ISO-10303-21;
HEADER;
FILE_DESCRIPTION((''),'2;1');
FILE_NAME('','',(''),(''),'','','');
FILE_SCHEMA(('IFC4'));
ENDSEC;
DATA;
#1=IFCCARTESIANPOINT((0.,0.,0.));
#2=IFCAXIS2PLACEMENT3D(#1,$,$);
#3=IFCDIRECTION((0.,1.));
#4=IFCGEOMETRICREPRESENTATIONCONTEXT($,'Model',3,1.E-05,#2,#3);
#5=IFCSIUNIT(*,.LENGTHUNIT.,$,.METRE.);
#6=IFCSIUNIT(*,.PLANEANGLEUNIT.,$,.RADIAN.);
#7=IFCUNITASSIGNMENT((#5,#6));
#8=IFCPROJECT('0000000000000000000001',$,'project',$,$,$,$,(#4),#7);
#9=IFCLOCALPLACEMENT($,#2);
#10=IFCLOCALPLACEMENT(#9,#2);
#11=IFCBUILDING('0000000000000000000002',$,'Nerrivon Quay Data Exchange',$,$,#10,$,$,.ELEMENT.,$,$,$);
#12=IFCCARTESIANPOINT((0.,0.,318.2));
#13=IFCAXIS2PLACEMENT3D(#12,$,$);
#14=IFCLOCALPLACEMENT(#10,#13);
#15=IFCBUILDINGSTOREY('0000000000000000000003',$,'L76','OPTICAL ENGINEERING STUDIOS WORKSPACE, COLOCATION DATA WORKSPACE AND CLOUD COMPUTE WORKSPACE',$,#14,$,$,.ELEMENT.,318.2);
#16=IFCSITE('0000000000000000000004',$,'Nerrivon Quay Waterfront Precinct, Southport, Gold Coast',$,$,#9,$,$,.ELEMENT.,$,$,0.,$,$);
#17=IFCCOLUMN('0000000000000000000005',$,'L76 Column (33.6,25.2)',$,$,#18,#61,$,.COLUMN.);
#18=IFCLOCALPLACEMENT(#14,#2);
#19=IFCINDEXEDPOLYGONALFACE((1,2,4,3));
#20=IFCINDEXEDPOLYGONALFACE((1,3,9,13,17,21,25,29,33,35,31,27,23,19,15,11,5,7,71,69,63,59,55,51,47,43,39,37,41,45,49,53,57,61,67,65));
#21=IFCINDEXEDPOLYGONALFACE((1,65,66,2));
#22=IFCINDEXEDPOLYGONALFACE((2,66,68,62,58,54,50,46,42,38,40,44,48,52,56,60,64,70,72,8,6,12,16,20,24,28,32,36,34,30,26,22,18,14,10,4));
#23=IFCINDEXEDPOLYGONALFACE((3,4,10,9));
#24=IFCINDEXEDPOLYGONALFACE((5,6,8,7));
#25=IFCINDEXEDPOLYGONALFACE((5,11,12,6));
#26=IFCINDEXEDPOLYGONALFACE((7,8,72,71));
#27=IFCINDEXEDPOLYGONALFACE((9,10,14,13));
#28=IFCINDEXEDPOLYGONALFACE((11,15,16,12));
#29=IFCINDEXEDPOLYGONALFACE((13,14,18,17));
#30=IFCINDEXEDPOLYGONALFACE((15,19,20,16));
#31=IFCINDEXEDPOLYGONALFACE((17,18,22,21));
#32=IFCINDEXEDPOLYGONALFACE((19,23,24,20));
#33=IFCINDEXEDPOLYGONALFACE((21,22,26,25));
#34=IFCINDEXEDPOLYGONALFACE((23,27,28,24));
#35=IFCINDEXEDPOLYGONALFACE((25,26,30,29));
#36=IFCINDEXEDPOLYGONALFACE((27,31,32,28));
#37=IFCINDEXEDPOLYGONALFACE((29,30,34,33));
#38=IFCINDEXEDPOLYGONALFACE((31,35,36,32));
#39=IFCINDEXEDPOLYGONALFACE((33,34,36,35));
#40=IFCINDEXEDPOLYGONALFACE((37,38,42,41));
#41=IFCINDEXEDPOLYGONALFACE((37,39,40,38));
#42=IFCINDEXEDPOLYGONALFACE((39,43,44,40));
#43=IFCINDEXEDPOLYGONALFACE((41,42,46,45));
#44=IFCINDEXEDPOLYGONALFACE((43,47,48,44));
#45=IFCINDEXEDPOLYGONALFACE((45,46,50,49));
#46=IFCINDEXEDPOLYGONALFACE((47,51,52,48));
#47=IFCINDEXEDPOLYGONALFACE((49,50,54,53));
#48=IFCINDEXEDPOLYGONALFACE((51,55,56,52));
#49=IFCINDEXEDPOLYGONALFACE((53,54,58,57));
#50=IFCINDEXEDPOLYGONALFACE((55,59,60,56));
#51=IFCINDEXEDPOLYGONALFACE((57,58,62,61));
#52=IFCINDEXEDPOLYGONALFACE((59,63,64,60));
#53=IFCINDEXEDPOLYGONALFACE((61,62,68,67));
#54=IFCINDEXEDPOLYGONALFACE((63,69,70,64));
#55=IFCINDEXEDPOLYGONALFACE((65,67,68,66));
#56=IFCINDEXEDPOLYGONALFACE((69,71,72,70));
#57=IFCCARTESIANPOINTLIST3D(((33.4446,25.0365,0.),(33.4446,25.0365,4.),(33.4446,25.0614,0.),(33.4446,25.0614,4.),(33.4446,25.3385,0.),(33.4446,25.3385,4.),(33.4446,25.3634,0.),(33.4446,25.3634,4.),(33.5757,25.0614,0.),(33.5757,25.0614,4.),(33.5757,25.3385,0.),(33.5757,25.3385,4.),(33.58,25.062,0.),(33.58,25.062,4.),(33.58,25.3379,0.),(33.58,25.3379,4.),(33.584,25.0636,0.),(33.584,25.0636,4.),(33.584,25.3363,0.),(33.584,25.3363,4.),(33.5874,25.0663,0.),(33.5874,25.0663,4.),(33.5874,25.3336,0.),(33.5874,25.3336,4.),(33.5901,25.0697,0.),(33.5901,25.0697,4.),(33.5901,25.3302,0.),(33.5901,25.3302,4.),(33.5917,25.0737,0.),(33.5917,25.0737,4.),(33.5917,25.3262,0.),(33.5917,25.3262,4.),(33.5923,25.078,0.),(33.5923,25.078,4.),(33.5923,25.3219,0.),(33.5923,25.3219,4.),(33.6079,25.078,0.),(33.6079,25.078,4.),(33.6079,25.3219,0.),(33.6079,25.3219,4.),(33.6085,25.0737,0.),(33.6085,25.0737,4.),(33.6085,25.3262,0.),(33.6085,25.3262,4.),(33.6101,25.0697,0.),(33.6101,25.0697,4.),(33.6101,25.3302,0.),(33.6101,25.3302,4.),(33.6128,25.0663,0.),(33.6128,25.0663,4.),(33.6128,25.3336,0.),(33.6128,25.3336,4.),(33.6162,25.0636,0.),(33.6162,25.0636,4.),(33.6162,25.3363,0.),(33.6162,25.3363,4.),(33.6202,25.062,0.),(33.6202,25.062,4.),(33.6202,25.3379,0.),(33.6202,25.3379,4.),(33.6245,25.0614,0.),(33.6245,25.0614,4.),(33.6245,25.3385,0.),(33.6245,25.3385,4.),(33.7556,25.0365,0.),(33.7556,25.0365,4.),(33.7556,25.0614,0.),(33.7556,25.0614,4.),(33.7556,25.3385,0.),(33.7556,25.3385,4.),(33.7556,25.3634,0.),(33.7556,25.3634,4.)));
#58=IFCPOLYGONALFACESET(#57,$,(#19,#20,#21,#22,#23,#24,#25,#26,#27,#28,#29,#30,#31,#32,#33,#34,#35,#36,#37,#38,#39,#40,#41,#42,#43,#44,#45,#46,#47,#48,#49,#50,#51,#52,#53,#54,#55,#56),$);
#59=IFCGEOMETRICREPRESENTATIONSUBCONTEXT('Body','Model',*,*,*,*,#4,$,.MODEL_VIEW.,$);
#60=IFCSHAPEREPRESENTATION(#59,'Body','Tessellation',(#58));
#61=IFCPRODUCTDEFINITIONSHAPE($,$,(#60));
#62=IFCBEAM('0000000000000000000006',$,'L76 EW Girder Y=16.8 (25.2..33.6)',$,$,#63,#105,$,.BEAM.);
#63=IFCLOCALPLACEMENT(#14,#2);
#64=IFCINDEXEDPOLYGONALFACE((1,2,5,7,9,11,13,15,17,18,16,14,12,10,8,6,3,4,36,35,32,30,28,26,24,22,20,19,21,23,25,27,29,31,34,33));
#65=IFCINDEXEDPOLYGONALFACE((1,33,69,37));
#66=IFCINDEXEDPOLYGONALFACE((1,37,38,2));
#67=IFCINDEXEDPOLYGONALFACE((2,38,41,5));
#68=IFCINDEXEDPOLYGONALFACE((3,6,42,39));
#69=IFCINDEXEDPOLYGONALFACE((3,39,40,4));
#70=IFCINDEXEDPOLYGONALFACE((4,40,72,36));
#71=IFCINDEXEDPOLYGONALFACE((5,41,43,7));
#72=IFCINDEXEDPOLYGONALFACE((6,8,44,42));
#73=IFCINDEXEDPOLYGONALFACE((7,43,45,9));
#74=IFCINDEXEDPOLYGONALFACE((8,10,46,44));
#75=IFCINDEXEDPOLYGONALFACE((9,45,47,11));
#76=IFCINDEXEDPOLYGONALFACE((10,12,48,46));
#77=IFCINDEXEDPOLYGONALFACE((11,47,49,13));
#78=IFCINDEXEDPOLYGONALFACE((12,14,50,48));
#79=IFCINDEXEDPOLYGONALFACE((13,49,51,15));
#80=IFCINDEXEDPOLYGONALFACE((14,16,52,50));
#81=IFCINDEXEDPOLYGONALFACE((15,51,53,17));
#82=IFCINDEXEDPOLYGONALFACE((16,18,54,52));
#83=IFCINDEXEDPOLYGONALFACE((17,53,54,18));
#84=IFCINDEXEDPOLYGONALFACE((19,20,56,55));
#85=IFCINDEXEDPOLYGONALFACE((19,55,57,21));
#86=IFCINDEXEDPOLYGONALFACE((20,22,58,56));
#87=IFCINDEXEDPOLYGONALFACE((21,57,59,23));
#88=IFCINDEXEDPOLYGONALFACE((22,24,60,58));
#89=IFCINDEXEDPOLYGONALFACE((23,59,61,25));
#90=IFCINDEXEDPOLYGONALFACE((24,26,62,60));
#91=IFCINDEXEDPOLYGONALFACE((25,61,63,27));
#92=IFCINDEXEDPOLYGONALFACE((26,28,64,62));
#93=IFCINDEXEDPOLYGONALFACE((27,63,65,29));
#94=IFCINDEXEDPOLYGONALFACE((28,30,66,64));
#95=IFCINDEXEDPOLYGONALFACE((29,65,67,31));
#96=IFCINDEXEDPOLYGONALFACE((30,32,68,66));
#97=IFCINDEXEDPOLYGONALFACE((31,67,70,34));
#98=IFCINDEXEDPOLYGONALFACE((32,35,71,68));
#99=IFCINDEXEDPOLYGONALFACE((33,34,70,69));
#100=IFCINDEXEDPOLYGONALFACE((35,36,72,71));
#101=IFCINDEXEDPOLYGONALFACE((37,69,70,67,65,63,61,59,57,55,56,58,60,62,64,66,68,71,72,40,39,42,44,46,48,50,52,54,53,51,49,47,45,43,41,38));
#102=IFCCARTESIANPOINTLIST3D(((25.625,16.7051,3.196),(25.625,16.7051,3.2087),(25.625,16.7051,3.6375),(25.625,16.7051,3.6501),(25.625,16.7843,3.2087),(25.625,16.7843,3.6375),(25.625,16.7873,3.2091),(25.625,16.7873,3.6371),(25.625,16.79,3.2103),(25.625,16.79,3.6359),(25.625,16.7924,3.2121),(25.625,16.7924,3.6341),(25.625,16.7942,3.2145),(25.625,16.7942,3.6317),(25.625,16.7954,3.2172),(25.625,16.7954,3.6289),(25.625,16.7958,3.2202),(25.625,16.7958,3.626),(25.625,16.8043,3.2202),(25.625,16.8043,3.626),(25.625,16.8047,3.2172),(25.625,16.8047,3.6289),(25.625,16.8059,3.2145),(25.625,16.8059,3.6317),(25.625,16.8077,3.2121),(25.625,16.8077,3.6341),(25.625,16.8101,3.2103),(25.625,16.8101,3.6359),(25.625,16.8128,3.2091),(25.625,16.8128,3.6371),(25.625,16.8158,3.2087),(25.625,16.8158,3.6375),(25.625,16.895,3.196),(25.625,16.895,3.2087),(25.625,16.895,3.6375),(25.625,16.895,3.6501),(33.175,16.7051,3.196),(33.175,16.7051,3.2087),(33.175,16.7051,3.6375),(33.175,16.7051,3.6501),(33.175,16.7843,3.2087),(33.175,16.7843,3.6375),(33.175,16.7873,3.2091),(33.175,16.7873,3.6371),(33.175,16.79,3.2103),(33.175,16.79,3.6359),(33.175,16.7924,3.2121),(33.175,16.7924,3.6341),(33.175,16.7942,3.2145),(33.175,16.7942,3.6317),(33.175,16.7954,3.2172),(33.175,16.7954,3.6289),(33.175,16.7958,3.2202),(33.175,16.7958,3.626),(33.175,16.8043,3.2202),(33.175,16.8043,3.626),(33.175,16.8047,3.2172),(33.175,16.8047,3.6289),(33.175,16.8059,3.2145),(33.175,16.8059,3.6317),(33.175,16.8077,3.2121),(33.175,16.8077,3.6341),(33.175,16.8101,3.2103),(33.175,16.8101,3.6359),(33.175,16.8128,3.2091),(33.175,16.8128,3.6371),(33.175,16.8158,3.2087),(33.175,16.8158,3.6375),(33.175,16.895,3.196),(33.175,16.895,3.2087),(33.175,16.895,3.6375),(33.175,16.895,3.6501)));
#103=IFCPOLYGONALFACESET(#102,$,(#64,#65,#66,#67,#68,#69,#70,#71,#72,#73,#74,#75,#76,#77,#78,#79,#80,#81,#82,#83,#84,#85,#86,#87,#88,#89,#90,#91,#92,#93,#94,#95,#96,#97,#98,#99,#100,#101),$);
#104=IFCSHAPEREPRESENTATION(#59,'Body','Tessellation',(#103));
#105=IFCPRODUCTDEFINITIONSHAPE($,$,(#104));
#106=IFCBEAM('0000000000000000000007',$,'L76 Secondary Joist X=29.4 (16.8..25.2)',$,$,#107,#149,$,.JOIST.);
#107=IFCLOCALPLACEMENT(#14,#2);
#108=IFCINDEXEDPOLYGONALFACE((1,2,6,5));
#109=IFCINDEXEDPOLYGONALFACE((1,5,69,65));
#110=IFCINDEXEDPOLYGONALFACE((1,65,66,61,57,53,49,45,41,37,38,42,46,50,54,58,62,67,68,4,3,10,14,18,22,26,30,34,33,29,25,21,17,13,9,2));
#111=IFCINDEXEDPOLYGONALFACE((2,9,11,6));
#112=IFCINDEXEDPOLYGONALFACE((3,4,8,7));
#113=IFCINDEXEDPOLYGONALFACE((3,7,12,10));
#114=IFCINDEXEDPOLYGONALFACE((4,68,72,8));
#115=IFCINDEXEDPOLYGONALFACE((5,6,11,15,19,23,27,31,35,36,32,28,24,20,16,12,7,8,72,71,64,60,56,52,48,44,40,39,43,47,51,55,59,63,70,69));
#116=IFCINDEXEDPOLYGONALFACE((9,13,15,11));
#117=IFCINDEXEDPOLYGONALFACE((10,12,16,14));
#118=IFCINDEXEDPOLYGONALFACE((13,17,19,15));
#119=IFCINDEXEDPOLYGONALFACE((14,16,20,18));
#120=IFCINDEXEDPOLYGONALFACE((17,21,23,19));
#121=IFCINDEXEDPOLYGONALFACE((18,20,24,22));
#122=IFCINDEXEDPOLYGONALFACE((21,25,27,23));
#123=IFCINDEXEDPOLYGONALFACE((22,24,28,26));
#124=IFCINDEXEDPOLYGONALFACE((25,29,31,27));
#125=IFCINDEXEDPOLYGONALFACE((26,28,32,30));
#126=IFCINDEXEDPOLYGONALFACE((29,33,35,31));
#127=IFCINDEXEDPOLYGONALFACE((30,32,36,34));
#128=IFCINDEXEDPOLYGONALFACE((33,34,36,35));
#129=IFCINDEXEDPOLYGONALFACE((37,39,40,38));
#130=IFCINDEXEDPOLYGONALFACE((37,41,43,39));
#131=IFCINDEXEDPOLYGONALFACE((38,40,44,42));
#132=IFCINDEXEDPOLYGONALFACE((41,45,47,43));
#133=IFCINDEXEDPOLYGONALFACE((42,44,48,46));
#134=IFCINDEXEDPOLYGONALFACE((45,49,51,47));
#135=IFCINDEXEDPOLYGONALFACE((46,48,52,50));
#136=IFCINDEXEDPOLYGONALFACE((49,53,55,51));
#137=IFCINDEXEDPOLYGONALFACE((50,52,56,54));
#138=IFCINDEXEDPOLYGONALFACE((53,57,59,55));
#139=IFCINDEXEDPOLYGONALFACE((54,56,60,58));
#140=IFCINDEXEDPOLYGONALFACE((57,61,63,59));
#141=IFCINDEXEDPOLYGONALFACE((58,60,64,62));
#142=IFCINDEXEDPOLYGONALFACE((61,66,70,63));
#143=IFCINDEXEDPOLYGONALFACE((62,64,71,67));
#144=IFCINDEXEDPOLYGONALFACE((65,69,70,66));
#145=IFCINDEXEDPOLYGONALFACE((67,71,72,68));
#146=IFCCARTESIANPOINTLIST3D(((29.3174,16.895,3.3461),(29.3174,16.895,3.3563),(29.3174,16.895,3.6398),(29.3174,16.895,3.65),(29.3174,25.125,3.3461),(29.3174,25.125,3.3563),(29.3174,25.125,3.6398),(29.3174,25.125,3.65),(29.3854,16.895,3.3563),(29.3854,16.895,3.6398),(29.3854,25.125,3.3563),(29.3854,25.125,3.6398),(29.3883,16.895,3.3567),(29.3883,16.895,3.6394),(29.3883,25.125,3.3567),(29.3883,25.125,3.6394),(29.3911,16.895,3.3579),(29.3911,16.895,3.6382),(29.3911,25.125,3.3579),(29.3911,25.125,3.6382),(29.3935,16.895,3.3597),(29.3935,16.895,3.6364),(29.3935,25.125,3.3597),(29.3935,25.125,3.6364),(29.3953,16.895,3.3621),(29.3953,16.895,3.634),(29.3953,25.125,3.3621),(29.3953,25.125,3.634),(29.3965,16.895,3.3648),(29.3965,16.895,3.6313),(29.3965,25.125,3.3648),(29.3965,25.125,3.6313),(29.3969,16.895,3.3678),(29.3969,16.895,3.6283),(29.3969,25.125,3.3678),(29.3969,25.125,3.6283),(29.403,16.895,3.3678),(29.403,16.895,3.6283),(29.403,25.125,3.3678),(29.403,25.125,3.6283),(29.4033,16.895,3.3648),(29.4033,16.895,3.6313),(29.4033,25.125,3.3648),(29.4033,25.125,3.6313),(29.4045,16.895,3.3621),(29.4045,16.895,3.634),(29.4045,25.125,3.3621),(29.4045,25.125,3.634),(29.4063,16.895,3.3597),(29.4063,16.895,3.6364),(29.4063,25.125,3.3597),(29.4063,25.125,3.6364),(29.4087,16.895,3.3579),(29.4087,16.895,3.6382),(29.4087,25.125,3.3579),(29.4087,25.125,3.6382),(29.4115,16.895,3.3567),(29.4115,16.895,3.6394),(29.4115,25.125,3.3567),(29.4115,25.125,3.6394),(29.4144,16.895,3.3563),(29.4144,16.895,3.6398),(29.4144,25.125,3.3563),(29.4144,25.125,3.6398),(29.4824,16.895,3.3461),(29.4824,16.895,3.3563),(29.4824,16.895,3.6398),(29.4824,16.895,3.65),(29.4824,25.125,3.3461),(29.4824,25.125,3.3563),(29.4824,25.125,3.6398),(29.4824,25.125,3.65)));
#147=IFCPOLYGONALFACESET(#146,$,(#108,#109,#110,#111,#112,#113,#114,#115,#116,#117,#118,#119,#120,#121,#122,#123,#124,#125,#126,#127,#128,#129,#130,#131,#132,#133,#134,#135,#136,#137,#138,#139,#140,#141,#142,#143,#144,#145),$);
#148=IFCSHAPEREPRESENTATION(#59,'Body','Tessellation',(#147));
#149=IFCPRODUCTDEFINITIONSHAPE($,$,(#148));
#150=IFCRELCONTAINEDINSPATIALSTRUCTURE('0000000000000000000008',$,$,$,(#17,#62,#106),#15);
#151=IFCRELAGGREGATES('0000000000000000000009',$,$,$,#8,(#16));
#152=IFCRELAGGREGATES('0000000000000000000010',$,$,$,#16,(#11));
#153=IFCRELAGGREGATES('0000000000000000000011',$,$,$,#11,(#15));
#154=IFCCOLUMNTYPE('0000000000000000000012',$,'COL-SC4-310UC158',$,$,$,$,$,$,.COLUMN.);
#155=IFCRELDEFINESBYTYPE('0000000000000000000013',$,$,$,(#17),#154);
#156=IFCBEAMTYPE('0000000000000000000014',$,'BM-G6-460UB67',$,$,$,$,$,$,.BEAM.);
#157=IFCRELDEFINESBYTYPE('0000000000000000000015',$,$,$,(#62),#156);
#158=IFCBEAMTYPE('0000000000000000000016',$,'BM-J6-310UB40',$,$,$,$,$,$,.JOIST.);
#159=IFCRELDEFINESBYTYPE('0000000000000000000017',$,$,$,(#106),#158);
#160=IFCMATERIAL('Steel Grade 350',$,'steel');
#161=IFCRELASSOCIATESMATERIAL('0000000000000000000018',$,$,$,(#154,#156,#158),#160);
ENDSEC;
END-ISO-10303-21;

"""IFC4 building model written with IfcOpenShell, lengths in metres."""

from ifc_helpers import new_model, si_unit, direction, frame, origin, origin_2d, place, context, subcontext, project, spatial, i_section, extrude, material, material_profile, profile_set, type_object, element, save


model = new_model("IFC4")

# Units and contexts
model_context = context("Model", 3, precision=1e-05, world=origin(), true_north=direction((0.0, 1.0)))
body_context = subcontext(model_context, "Body", "Model", "MODEL_VIEW")
ifc_project = project(units=[si_unit("LENGTHUNIT", "METRE"), si_unit("PLANEANGLEUNIT", "RADIAN")], contexts=[model_context])

# Site, building, storey
site_placement = place(None, origin())
site = spatial("IfcSite", under=ifc_project, at=site_placement, Name="Nerrivon Quay Waterfront Precinct, Southport, Gold Coast", CompositionType="ELEMENT", RefElevation=0.0)
building_placement = place(site_placement, origin())
building = spatial("IfcBuilding", under=site, at=building_placement, Name="Nerrivon Quay Data Exchange", CompositionType="ELEMENT")
storey_placement = place(building_placement, frame((0.0, 0.0, 318.2)))
storey = spatial("IfcBuildingStorey", under=building, at=storey_placement, Name="L76", Description="OPTICAL ENGINEERING STUDIOS WORKSPACE, COLOCATION DATA WORKSPACE AND CLOUD COMPUTE WORKSPACE", CompositionType="ELEMENT", Elevation=318.2)

# Column
ifc_material_1 = material(Name="Steel Grade 350", Category="steel")
ifc_material_profile_1 = material_profile(ifc_material_1, i_section(OverallWidth=0.311, OverallDepth=0.3269, WebThickness=0.0156, FlangeThickness=0.0249, FilletRadius=0.0166, at=origin_2d()), Name="310UC158")
ifc_profile_set_1 = profile_set([ifc_material_profile_1], Name="Steel Grade 350")
column_type = type_object("IfcColumnType", Name="COL-SC4-310UC158", PredefinedType="COLUMN", material=ifc_profile_set_1)
column_placement = place(storey_placement, frame((33.6001, 25.2, 0.0), z_axis=(0.0, 0.0, 1.0), x_axis=(1.0, 0.0, 0.0)))
element("IfcColumn", 1, at=column_placement, inside=storey, type_object=column_type, Name="L76 Column (33.6,25.2)", PredefinedType="COLUMN", context=body_context, shape_type="SweptSolid", body=[
    extrude(i_section(OverallWidth=0.311, OverallDepth=0.3269, WebThickness=0.0156, FlangeThickness=0.0249, FilletRadius=0.0166, at=origin_2d()), origin(), (0.0, 0.0, 1.0), 4.0),
])

# Beams
ifc_material_profile_2 = material_profile(ifc_material_1, i_section(OverallWidth=0.1899, OverallDepth=0.4541, WebThickness=0.0085, FlangeThickness=0.0127, FilletRadius=0.0115, at=origin_2d()), Name="460UB67.1")
ifc_profile_set_2 = profile_set([ifc_material_profile_2], Name="Steel Grade 350")
beam_type_1 = type_object("IfcBeamType", Name="BM-G6-460UB67", PredefinedType="BEAM", material=ifc_profile_set_2)
beam_1_placement = place(storey_placement, frame((25.625, 16.8, 3.4231), z_axis=(1.0, 0.0, 0.0), x_axis=(0.0, 1.0, 0.0)))
element("IfcBeam", 2, at=beam_1_placement, inside=storey, type_object=beam_type_1, Name="L76 EW Girder Y=16.8 (25.2..33.6)", PredefinedType="BEAM", context=body_context, shape_type="SweptSolid", body=[
    extrude(i_section(OverallWidth=0.1899, OverallDepth=0.4541, WebThickness=0.0085, FlangeThickness=0.0127, FilletRadius=0.0115, at=origin_2d()), origin(), (0.0, 0.0, 1.0), 7.55),
])
ifc_material_profile_3 = material_profile(ifc_material_1, i_section(OverallWidth=0.165, OverallDepth=0.304, WebThickness=0.0061, FlangeThickness=0.0103, FilletRadius=0.0115, at=origin_2d()), Name="310UB40.4")
ifc_profile_set_3 = profile_set([ifc_material_profile_3], Name="Steel Grade 350")
beam_type_2 = type_object("IfcBeamType", Name="BM-J6-310UB40", PredefinedType="JOIST", material=ifc_profile_set_3)
beam_2_placement = place(storey_placement, frame((29.3999, 16.895, 3.498), z_axis=(0.0, 1.0, 0.0), x_axis=(-1.0, 0.0, 0.0)))
element("IfcBeam", 3, at=beam_2_placement, inside=storey, type_object=beam_type_2, Name="L76 Secondary Joist X=29.4 (16.8..25.2)", PredefinedType="JOIST", context=body_context, shape_type="SweptSolid", body=[
    extrude(i_section(OverallWidth=0.165, OverallDepth=0.304, WebThickness=0.0061, FlangeThickness=0.0103, FilletRadius=0.0115, at=origin_2d()), origin(), (0.0, 0.0, 1.0), 8.23),
])

save(model, "model.ifc")
